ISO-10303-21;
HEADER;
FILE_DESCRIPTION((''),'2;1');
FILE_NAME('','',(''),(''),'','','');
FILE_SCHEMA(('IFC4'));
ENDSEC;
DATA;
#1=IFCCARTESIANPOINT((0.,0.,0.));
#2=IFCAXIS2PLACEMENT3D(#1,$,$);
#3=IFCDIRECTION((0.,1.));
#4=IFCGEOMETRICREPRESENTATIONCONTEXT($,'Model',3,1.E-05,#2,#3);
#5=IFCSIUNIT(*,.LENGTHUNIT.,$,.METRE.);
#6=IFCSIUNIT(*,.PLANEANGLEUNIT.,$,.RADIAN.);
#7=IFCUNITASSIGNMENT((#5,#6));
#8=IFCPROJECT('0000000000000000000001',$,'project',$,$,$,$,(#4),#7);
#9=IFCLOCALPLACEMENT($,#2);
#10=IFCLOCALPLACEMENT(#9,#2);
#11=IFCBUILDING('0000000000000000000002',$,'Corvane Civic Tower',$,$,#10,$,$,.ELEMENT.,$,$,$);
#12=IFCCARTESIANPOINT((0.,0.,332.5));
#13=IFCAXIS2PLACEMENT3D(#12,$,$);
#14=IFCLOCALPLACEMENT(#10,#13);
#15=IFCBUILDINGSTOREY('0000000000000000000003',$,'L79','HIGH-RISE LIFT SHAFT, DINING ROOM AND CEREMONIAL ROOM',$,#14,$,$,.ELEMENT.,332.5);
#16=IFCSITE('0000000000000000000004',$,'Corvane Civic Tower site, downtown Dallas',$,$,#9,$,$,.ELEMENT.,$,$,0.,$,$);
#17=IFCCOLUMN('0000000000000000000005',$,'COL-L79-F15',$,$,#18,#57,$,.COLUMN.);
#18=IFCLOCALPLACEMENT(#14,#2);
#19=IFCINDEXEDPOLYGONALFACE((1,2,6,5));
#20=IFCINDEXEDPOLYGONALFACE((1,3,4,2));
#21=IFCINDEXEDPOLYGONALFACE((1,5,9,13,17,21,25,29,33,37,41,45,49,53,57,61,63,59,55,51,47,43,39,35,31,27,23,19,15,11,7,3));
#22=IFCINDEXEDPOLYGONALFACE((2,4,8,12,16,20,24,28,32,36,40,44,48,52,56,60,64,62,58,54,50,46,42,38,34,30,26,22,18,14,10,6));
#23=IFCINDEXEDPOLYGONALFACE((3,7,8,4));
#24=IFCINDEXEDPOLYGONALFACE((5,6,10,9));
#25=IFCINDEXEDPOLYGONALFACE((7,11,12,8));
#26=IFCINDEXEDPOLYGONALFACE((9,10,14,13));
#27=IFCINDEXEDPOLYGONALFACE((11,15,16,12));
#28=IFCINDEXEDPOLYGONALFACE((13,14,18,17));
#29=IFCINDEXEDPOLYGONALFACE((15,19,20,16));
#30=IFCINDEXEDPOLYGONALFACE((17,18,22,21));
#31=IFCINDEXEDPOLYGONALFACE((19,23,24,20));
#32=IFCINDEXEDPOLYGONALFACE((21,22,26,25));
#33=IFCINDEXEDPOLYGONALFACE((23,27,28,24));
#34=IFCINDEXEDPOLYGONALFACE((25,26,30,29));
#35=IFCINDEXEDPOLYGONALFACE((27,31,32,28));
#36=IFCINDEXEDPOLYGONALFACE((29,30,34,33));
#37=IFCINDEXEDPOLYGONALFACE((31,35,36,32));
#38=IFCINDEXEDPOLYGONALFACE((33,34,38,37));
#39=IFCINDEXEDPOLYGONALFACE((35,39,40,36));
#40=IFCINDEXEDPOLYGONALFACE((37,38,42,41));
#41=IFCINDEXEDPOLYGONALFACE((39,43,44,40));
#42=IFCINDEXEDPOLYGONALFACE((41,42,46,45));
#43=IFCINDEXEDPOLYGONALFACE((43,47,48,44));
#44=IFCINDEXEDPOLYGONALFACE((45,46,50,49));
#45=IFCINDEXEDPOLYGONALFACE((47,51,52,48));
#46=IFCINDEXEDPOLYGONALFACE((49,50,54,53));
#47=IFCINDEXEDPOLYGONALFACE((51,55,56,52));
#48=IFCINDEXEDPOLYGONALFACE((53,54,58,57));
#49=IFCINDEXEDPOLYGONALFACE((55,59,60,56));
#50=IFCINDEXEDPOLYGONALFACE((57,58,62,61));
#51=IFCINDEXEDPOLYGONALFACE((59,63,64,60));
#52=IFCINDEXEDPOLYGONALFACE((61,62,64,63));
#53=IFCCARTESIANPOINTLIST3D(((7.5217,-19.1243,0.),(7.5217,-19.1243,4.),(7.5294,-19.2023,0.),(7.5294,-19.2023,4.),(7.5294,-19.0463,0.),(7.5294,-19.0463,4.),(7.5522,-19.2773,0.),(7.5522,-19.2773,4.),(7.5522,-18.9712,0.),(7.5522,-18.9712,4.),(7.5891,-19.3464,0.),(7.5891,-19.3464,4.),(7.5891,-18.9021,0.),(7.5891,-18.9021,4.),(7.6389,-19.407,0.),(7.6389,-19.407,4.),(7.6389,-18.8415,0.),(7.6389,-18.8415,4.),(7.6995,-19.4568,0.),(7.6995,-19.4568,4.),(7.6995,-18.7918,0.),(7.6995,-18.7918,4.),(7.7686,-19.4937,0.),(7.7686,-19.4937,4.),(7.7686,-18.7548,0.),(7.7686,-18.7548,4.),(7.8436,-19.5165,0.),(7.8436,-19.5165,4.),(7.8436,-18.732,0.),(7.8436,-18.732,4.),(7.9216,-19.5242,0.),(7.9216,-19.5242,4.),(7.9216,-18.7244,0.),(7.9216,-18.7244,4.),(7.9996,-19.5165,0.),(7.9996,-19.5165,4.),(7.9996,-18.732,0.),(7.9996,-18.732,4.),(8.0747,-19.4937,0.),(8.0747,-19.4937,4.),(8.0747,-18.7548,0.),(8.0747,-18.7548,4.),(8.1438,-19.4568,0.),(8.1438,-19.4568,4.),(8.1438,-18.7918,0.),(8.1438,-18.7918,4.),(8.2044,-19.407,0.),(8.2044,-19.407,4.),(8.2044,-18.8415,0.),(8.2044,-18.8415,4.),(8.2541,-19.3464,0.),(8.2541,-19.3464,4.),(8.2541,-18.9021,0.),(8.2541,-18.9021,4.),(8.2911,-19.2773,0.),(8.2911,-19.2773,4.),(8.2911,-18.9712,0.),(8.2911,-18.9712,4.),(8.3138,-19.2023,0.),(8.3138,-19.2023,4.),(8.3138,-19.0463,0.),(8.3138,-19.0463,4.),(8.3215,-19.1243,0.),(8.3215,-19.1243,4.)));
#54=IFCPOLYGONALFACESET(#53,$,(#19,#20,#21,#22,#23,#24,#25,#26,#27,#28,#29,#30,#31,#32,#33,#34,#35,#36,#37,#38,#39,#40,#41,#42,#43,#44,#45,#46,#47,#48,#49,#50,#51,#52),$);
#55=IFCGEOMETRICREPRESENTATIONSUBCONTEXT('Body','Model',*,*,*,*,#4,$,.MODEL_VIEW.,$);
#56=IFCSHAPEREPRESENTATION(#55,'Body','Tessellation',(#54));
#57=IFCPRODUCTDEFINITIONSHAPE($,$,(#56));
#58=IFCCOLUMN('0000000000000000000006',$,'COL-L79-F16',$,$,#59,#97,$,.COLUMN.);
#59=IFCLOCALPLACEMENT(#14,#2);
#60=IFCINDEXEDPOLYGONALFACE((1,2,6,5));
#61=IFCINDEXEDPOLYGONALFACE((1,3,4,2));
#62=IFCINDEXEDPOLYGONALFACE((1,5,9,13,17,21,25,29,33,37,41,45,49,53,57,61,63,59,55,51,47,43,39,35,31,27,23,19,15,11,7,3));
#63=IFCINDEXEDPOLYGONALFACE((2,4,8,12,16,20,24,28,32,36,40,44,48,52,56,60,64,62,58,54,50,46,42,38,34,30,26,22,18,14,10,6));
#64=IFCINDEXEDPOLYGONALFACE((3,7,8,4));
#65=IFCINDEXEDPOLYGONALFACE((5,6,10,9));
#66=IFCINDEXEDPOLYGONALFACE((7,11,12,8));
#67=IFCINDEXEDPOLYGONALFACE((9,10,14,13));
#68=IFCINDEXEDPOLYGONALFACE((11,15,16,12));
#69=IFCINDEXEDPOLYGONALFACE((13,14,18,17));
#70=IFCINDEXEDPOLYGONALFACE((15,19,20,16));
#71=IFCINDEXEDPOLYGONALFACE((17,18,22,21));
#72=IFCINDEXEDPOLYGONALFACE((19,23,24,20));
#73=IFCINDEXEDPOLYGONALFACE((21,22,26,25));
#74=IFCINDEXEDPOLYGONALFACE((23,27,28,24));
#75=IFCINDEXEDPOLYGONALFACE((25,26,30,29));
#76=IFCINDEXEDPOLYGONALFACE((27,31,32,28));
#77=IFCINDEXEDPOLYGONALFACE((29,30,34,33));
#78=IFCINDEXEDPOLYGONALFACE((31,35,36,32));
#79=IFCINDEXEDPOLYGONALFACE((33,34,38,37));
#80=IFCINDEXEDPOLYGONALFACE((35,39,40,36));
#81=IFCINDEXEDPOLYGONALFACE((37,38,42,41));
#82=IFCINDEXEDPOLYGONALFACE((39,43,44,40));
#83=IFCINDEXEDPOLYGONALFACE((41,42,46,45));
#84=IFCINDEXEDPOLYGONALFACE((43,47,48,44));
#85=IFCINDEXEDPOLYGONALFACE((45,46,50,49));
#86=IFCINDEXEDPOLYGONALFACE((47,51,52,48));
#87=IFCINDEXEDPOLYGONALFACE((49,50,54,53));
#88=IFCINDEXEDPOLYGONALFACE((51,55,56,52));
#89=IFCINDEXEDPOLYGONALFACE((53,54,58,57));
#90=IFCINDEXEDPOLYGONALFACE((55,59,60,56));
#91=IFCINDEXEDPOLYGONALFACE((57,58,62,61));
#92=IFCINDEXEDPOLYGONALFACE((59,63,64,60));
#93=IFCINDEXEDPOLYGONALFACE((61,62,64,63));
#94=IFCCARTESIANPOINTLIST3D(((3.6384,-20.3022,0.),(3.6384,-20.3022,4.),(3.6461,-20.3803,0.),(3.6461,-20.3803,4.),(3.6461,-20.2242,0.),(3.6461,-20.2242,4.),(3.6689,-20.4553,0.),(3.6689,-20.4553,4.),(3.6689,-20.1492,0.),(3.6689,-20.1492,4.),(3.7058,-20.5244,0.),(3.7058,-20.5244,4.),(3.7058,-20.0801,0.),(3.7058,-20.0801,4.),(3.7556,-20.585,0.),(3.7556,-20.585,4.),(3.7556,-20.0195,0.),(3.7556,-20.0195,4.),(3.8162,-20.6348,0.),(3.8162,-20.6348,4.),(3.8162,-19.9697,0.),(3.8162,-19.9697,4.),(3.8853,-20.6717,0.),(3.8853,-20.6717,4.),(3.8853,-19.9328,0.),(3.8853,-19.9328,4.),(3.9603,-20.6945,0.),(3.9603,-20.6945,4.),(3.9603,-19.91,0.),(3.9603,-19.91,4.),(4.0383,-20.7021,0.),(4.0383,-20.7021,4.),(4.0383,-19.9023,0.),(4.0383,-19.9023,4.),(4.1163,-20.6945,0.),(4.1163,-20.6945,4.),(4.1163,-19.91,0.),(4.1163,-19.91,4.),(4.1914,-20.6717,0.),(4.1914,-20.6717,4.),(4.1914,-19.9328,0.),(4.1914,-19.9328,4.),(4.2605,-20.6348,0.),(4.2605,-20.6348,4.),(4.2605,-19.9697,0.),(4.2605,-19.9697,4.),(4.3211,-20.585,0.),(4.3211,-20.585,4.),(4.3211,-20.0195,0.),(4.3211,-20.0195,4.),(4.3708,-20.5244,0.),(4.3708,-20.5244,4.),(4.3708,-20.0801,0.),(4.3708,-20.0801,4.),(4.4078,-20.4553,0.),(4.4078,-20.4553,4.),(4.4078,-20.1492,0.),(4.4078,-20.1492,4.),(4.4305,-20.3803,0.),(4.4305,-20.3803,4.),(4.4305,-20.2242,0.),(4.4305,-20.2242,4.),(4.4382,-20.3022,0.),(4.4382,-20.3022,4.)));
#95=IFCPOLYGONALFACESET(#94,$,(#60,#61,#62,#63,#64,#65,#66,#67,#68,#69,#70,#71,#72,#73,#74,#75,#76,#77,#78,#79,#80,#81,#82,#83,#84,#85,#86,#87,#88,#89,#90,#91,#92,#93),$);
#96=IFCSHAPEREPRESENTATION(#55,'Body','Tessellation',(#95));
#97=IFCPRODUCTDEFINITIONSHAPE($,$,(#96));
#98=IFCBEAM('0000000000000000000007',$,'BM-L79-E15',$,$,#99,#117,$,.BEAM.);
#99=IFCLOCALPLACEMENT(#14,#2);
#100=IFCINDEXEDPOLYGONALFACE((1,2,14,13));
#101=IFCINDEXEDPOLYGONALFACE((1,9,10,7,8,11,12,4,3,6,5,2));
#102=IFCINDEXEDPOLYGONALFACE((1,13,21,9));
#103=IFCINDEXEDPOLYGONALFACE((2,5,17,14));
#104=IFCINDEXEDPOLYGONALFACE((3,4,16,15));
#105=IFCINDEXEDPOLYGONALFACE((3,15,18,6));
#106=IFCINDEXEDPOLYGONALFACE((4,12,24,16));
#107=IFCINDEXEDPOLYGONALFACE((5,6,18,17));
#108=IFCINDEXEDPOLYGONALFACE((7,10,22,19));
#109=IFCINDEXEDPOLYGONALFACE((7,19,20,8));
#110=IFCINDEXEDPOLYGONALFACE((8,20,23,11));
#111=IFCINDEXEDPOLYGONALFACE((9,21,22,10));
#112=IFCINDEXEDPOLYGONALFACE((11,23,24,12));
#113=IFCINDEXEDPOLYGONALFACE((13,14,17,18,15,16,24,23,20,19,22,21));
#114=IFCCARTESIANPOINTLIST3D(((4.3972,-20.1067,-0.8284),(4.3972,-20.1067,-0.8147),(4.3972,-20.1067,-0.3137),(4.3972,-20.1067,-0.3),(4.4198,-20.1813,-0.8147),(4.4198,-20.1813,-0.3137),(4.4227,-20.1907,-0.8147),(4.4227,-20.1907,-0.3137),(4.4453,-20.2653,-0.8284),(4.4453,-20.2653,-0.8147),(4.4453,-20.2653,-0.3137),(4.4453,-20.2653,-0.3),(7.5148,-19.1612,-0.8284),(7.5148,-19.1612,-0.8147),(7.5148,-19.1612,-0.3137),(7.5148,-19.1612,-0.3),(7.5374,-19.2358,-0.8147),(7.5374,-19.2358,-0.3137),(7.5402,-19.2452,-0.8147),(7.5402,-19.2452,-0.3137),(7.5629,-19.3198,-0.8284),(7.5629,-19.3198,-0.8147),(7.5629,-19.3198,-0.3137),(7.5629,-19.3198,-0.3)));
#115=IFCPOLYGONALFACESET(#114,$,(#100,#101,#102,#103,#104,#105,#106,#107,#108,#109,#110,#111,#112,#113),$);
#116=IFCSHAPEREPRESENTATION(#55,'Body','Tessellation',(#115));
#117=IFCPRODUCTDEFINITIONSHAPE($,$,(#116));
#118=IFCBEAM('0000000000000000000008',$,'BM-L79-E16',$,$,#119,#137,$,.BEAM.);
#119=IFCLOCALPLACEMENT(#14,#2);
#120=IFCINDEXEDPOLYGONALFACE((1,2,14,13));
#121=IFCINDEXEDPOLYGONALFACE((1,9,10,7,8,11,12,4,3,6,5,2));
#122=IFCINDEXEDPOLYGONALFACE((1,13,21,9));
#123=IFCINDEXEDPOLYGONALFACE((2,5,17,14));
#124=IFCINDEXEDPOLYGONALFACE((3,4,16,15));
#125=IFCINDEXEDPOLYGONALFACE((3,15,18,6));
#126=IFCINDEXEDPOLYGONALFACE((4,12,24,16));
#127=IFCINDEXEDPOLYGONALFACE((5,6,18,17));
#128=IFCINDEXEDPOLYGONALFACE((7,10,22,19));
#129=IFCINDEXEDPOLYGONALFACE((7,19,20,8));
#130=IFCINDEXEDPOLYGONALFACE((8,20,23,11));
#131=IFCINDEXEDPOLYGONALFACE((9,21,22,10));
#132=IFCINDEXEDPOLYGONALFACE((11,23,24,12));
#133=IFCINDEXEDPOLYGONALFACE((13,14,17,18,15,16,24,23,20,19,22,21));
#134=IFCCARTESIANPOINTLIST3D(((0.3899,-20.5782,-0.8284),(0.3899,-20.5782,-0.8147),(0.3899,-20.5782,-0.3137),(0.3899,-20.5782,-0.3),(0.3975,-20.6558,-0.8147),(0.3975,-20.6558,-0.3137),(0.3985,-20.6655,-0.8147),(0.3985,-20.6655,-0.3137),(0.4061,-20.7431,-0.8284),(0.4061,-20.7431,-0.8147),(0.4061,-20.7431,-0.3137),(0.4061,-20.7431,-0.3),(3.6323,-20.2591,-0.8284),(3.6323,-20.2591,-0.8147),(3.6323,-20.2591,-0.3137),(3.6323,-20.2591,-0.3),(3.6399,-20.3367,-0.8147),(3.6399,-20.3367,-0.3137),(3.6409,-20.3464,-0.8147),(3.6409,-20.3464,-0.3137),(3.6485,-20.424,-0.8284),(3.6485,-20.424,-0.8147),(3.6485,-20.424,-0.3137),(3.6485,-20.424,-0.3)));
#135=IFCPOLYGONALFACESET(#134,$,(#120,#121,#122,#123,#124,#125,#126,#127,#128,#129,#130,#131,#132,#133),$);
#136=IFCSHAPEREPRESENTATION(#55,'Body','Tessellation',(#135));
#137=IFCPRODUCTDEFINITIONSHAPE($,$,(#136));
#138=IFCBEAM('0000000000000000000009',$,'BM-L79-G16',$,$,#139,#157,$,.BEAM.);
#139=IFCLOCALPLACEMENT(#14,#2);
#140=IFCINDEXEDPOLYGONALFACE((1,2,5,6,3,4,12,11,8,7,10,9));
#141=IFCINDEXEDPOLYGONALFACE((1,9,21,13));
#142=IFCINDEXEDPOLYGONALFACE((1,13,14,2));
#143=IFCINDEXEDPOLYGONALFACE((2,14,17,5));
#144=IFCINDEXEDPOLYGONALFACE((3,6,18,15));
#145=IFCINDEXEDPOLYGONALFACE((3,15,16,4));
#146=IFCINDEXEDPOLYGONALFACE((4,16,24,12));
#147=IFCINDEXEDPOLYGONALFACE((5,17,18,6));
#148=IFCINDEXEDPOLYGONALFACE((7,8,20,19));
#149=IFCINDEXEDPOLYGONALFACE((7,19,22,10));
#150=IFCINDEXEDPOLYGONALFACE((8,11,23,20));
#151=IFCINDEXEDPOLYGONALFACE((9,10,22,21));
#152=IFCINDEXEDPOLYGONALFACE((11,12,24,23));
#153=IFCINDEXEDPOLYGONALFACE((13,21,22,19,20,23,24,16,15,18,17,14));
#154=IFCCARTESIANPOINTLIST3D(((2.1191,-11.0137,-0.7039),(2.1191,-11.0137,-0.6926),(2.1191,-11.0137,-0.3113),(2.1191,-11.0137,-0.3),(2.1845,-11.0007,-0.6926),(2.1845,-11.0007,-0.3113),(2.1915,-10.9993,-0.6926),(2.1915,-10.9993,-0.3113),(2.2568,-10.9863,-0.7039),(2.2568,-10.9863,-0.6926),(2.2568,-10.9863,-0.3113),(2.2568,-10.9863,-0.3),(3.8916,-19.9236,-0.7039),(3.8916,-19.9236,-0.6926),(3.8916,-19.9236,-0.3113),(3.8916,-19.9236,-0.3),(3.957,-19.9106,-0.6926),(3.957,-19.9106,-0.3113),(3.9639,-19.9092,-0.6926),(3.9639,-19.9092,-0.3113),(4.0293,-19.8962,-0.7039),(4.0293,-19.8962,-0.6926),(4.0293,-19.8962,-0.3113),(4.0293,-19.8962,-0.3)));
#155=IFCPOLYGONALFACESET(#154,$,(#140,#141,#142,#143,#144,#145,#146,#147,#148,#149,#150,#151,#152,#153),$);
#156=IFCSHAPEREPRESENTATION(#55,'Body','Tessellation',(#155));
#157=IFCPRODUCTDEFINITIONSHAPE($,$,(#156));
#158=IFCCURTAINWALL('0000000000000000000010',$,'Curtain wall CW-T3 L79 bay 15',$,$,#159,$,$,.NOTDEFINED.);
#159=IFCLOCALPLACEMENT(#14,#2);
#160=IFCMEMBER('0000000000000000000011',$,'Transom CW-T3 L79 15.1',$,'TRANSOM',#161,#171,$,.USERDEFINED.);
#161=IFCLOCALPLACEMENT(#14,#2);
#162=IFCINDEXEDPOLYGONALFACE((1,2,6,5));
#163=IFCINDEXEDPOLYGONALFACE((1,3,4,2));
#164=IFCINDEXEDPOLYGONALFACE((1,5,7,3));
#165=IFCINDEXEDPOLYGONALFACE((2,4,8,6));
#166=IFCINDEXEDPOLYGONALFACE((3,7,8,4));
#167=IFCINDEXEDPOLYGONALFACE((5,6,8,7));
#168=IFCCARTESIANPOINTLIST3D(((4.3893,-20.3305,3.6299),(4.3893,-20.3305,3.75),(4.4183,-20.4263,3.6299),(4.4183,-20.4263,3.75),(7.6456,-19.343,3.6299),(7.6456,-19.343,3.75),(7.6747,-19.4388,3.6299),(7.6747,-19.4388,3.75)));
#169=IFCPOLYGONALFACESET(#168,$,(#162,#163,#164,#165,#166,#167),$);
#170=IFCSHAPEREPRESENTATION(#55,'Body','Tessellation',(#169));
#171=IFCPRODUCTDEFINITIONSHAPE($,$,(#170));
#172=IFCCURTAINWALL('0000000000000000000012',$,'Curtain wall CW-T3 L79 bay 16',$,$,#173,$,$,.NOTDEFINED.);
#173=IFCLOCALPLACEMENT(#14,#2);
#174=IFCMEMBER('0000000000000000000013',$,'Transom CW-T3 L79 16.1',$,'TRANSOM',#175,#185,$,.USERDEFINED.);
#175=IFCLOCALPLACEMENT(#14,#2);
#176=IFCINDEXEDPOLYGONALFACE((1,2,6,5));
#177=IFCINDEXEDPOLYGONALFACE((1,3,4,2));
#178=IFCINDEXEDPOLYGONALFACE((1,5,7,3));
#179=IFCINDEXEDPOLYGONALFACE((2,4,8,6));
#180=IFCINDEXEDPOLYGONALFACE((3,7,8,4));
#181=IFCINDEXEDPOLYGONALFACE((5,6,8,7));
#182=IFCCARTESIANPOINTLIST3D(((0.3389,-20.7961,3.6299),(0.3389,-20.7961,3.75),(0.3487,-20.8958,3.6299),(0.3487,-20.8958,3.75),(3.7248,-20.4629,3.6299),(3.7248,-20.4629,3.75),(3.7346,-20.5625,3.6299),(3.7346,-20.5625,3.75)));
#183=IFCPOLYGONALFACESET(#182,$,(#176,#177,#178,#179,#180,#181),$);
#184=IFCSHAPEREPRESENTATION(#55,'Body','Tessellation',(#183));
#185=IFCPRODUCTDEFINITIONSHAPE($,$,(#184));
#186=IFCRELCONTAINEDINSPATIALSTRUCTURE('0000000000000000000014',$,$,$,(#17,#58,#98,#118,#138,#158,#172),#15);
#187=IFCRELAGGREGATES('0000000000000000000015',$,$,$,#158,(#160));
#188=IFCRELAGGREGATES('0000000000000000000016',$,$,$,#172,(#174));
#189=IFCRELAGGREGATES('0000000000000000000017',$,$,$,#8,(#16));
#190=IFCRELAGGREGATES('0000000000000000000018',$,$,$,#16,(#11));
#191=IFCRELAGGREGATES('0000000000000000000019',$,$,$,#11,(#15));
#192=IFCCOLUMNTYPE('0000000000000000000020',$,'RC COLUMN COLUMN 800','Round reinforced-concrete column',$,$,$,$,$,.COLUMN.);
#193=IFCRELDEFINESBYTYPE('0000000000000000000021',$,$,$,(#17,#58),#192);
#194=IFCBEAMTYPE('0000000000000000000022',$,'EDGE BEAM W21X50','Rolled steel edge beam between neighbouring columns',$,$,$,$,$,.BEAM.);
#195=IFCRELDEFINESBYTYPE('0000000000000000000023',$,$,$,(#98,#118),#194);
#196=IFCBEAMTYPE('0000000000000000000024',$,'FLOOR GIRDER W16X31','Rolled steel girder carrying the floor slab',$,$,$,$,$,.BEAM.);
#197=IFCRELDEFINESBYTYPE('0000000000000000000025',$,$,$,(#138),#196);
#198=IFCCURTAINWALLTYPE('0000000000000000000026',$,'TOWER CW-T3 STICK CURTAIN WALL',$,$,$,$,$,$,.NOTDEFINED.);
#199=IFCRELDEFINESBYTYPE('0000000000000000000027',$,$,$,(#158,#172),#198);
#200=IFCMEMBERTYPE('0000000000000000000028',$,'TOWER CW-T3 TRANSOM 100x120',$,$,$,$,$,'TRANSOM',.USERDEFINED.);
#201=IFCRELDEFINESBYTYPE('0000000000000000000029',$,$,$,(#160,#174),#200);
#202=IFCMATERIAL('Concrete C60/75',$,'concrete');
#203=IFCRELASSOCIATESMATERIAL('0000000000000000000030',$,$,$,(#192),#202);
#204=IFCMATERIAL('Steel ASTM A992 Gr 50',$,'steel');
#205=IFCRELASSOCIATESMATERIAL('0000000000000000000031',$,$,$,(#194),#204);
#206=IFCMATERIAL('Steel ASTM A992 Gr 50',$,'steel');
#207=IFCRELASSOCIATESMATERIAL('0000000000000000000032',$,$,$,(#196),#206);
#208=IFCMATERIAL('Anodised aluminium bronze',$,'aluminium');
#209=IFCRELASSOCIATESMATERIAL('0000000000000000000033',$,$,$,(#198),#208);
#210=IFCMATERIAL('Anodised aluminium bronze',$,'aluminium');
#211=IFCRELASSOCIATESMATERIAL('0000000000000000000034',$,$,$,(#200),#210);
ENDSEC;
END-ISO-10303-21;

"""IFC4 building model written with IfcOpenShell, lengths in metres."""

from ifc_helpers import new_model, si_unit, direction, frame, origin, origin_2d, place, context, subcontext, project, spatial, rectangle, circle, i_section, extrude, material, material_profile, profile_set, type_object, element, aggregate, save


model = new_model("IFC4")

# Units and contexts
model_context = context("Model", 3, precision=1e-05, world=origin(), true_north=direction((0.0, 1.0)))
body_context = subcontext(model_context, "Body", "Model", "MODEL_VIEW")
ifc_project = project(units=[si_unit("LENGTHUNIT", "METRE"), si_unit("PLANEANGLEUNIT", "RADIAN")], contexts=[model_context])

# Site, building, storey
site_placement = place(None, origin())
site = spatial("IfcSite", under=ifc_project, at=site_placement, Name="Corvane Civic Tower site, downtown Dallas", CompositionType="ELEMENT", RefElevation=0.0)
building_placement = place(site_placement, origin())
building = spatial("IfcBuilding", under=site, at=building_placement, Name="Corvane Civic Tower", CompositionType="ELEMENT")
storey_placement = place(building_placement, frame((0.0, 0.0, 332.5)))
storey = spatial("IfcBuildingStorey", under=building, at=storey_placement, Name="L79", Description="HIGH-RISE LIFT SHAFT, DINING ROOM AND CEREMONIAL ROOM", CompositionType="ELEMENT", Elevation=332.5)

# Columns
ifc_material_1 = material(Name="Concrete C60/75", Category="concrete")
ifc_material_profile_1 = material_profile(ifc_material_1, circle(Radius=0.3999, at=origin_2d()), Name="COLUMN 800")
ifc_profile_set_1 = profile_set([ifc_material_profile_1], Name="Concrete C60/75")
column_type = type_object("IfcColumnType", Name="RC COLUMN COLUMN 800", Description="Round reinforced-concrete column", PredefinedType="COLUMN", material=ifc_profile_set_1)
for number, where, z_axis, x_axis, name in (
    (1, (7.9216, -19.1243, 0.0), (0.0, 0.0, 1.0), (1.0, 0.0, 0.0), "COL-L79-F15"),
    (2, (4.0383, -20.3022, 0.0), (0.0, 0.0, 1.0), (1.0, 0.0, 0.0), "COL-L79-F16"),
):
    element("IfcColumn", number, at=place(storey_placement, frame(where, z_axis=z_axis, x_axis=x_axis)), inside=storey, type_object=column_type, Name=name, PredefinedType="COLUMN", context=body_context, shape_type="SweptSolid", body=[
        extrude(circle(Radius=0.3999, at=origin_2d()), origin(), (0.0, 0.0, 1.0), 4.0),
    ])

# Beams
ifc_material_2 = material(Name="Steel ASTM A992 Gr 50", Category="steel")
ifc_material_profile_2 = material_profile(ifc_material_2, i_section(OverallWidth=0.1658, OverallDepth=0.5283, WebThickness=0.0098, FlangeThickness=0.0137, at=origin_2d()), Name="W21X50")
ifc_profile_set_2 = profile_set([ifc_material_profile_2], Name="Steel ASTM A992 Gr 50")
beam_type_1 = type_object("IfcBeamType", Name="EDGE BEAM W21X50", Description="Rolled steel edge beam between neighbouring columns", PredefinedType="BEAM", material=ifc_profile_set_2)
beam_1_placement = place(storey_placement, frame((7.5388, -19.2405, -0.5642), z_axis=(-0.956956, -0.290234, 0.0), x_axis=(0.290234, -0.956956, 0.0)))
element("IfcBeam", 3, at=beam_1_placement, inside=storey, type_object=beam_type_1, Name="BM-L79-E15", PredefinedType="BEAM", context=body_context, shape_type="SweptSolid", body=[
    extrude(i_section(OverallWidth=0.1658, OverallDepth=0.5283, WebThickness=0.0098, FlangeThickness=0.0137, at=origin_2d()), origin(), (0.0, 0.0, 1.0), 3.2578),
])
beam_2_placement = place(storey_placement, frame((3.6404, -20.3416, -0.5642), z_axis=(-0.995193, -0.097938, 0.0), x_axis=(0.097938, -0.995193, 0.0)))
element("IfcBeam", 4, at=beam_2_placement, inside=storey, type_object=beam_type_1, Name="BM-L79-E16", PredefinedType="BEAM", context=body_context, shape_type="SweptSolid", body=[
    extrude(i_section(OverallWidth=0.1658, OverallDepth=0.5283, WebThickness=0.0098, FlangeThickness=0.0137, at=origin_2d()), origin(), (0.0, 0.0, 1.0), 3.2581),
])
ifc_material_3 = material(Name="Steel ASTM A992 Gr 50", Category="steel")
ifc_material_profile_3 = material_profile(ifc_material_3, i_section(OverallWidth=0.1404, OverallDepth=0.4038, WebThickness=0.0071, FlangeThickness=0.0112, at=origin_2d()), Name="W16X31")
ifc_profile_set_3 = profile_set([ifc_material_profile_3], Name="Steel ASTM A992 Gr 50")
beam_type_2 = type_object("IfcBeamType", Name="FLOOR GIRDER W16X31", Description="Rolled steel girder carrying the floor slab", PredefinedType="BEAM", material=ifc_profile_set_3)
beam_3_placement = place(storey_placement, frame((2.188, -11.0, -0.502), z_axis=(0.195108, -0.980782, 0.0), x_axis=(0.980782, 0.195108, 0.0)))
element("IfcBeam", 5, at=beam_3_placement, inside=storey, type_object=beam_type_2, Name="BM-L79-G16", PredefinedType="BEAM", context=body_context, shape_type="SweptSolid", body=[
    extrude(i_section(OverallWidth=0.1404, OverallDepth=0.4038, WebThickness=0.0071, FlangeThickness=0.0112, at=origin_2d()), origin(), (0.0, 0.0, 1.0), 9.0845),
])

# Curtain walls, members
ifc_material_4 = material(Name="Anodised aluminium bronze", Category="aluminium")
curtain_wall_type = type_object("IfcCurtainWallType", Name="TOWER CW-T3 STICK CURTAIN WALL", PredefinedType="NOTDEFINED", material=ifc_material_4)
curtain_wall_1_placement = place(storey_placement, origin())
curtain_wall_1 = element("IfcCurtainWall", 6, at=curtain_wall_1_placement, inside=storey, type_object=curtain_wall_type, Name="Curtain wall CW-T3 L79 bay 15", PredefinedType="NOTDEFINED")
ifc_material_5 = material(Name="Anodised aluminium bronze", Category="aluminium")
ifc_material_profile_4 = material_profile(ifc_material_5, rectangle(XDim=0.1001, YDim=0.1201, at=origin_2d()), Name="TOWER CW-T3 TRANSOM 100x120")
ifc_profile_set_4 = profile_set([ifc_material_profile_4], Name="Anodised aluminium bronze")
member_type = type_object("IfcMemberType", Name="TOWER CW-T3 TRANSOM 100x120", ElementType="TRANSOM", PredefinedType="USERDEFINED", material=ifc_profile_set_4)
member_1_placement = place(storey_placement, frame((7.6602, -19.3909, 3.6899), z_axis=(-0.956961, -0.290216, 0.0), x_axis=(0.290216, -0.956961, 0.0)))
member_1 = element("IfcMember", 7, at=member_1_placement, type_object=member_type, Name="Transom CW-T3 L79 15.1", ObjectType="TRANSOM", PredefinedType="USERDEFINED", context=body_context, shape_type="SweptSolid", body=[
    extrude(rectangle(XDim=0.1001, YDim=0.1201, at=origin_2d()), origin(), (0.0, 0.0, 1.0), 3.4028),
])
curtain_wall_2_placement = place(storey_placement, origin())
curtain_wall_2 = element("IfcCurtainWall", 8, at=curtain_wall_2_placement, inside=storey, type_object=curtain_wall_type, Name="Curtain wall CW-T3 L79 bay 16", PredefinedType="NOTDEFINED")
member_2_placement = place(storey_placement, frame((3.7297, -20.5127, 3.6899), z_axis=(-0.995192, -0.097948, 0.0), x_axis=(0.097948, -0.995192, 0.0)))
member_2 = element("IfcMember", 9, at=member_2_placement, type_object=member_type, Name="Transom CW-T3 L79 16.1", ObjectType="TRANSOM", PredefinedType="USERDEFINED", context=body_context, shape_type="SweptSolid", body=[
    extrude(rectangle(XDim=0.1001, YDim=0.1201, at=origin_2d()), origin(), (0.0, 0.0, 1.0), 3.4023),
])

aggregate(curtain_wall_1, [member_1])
aggregate(curtain_wall_2, [member_2])

save(model, "model.ifc")
